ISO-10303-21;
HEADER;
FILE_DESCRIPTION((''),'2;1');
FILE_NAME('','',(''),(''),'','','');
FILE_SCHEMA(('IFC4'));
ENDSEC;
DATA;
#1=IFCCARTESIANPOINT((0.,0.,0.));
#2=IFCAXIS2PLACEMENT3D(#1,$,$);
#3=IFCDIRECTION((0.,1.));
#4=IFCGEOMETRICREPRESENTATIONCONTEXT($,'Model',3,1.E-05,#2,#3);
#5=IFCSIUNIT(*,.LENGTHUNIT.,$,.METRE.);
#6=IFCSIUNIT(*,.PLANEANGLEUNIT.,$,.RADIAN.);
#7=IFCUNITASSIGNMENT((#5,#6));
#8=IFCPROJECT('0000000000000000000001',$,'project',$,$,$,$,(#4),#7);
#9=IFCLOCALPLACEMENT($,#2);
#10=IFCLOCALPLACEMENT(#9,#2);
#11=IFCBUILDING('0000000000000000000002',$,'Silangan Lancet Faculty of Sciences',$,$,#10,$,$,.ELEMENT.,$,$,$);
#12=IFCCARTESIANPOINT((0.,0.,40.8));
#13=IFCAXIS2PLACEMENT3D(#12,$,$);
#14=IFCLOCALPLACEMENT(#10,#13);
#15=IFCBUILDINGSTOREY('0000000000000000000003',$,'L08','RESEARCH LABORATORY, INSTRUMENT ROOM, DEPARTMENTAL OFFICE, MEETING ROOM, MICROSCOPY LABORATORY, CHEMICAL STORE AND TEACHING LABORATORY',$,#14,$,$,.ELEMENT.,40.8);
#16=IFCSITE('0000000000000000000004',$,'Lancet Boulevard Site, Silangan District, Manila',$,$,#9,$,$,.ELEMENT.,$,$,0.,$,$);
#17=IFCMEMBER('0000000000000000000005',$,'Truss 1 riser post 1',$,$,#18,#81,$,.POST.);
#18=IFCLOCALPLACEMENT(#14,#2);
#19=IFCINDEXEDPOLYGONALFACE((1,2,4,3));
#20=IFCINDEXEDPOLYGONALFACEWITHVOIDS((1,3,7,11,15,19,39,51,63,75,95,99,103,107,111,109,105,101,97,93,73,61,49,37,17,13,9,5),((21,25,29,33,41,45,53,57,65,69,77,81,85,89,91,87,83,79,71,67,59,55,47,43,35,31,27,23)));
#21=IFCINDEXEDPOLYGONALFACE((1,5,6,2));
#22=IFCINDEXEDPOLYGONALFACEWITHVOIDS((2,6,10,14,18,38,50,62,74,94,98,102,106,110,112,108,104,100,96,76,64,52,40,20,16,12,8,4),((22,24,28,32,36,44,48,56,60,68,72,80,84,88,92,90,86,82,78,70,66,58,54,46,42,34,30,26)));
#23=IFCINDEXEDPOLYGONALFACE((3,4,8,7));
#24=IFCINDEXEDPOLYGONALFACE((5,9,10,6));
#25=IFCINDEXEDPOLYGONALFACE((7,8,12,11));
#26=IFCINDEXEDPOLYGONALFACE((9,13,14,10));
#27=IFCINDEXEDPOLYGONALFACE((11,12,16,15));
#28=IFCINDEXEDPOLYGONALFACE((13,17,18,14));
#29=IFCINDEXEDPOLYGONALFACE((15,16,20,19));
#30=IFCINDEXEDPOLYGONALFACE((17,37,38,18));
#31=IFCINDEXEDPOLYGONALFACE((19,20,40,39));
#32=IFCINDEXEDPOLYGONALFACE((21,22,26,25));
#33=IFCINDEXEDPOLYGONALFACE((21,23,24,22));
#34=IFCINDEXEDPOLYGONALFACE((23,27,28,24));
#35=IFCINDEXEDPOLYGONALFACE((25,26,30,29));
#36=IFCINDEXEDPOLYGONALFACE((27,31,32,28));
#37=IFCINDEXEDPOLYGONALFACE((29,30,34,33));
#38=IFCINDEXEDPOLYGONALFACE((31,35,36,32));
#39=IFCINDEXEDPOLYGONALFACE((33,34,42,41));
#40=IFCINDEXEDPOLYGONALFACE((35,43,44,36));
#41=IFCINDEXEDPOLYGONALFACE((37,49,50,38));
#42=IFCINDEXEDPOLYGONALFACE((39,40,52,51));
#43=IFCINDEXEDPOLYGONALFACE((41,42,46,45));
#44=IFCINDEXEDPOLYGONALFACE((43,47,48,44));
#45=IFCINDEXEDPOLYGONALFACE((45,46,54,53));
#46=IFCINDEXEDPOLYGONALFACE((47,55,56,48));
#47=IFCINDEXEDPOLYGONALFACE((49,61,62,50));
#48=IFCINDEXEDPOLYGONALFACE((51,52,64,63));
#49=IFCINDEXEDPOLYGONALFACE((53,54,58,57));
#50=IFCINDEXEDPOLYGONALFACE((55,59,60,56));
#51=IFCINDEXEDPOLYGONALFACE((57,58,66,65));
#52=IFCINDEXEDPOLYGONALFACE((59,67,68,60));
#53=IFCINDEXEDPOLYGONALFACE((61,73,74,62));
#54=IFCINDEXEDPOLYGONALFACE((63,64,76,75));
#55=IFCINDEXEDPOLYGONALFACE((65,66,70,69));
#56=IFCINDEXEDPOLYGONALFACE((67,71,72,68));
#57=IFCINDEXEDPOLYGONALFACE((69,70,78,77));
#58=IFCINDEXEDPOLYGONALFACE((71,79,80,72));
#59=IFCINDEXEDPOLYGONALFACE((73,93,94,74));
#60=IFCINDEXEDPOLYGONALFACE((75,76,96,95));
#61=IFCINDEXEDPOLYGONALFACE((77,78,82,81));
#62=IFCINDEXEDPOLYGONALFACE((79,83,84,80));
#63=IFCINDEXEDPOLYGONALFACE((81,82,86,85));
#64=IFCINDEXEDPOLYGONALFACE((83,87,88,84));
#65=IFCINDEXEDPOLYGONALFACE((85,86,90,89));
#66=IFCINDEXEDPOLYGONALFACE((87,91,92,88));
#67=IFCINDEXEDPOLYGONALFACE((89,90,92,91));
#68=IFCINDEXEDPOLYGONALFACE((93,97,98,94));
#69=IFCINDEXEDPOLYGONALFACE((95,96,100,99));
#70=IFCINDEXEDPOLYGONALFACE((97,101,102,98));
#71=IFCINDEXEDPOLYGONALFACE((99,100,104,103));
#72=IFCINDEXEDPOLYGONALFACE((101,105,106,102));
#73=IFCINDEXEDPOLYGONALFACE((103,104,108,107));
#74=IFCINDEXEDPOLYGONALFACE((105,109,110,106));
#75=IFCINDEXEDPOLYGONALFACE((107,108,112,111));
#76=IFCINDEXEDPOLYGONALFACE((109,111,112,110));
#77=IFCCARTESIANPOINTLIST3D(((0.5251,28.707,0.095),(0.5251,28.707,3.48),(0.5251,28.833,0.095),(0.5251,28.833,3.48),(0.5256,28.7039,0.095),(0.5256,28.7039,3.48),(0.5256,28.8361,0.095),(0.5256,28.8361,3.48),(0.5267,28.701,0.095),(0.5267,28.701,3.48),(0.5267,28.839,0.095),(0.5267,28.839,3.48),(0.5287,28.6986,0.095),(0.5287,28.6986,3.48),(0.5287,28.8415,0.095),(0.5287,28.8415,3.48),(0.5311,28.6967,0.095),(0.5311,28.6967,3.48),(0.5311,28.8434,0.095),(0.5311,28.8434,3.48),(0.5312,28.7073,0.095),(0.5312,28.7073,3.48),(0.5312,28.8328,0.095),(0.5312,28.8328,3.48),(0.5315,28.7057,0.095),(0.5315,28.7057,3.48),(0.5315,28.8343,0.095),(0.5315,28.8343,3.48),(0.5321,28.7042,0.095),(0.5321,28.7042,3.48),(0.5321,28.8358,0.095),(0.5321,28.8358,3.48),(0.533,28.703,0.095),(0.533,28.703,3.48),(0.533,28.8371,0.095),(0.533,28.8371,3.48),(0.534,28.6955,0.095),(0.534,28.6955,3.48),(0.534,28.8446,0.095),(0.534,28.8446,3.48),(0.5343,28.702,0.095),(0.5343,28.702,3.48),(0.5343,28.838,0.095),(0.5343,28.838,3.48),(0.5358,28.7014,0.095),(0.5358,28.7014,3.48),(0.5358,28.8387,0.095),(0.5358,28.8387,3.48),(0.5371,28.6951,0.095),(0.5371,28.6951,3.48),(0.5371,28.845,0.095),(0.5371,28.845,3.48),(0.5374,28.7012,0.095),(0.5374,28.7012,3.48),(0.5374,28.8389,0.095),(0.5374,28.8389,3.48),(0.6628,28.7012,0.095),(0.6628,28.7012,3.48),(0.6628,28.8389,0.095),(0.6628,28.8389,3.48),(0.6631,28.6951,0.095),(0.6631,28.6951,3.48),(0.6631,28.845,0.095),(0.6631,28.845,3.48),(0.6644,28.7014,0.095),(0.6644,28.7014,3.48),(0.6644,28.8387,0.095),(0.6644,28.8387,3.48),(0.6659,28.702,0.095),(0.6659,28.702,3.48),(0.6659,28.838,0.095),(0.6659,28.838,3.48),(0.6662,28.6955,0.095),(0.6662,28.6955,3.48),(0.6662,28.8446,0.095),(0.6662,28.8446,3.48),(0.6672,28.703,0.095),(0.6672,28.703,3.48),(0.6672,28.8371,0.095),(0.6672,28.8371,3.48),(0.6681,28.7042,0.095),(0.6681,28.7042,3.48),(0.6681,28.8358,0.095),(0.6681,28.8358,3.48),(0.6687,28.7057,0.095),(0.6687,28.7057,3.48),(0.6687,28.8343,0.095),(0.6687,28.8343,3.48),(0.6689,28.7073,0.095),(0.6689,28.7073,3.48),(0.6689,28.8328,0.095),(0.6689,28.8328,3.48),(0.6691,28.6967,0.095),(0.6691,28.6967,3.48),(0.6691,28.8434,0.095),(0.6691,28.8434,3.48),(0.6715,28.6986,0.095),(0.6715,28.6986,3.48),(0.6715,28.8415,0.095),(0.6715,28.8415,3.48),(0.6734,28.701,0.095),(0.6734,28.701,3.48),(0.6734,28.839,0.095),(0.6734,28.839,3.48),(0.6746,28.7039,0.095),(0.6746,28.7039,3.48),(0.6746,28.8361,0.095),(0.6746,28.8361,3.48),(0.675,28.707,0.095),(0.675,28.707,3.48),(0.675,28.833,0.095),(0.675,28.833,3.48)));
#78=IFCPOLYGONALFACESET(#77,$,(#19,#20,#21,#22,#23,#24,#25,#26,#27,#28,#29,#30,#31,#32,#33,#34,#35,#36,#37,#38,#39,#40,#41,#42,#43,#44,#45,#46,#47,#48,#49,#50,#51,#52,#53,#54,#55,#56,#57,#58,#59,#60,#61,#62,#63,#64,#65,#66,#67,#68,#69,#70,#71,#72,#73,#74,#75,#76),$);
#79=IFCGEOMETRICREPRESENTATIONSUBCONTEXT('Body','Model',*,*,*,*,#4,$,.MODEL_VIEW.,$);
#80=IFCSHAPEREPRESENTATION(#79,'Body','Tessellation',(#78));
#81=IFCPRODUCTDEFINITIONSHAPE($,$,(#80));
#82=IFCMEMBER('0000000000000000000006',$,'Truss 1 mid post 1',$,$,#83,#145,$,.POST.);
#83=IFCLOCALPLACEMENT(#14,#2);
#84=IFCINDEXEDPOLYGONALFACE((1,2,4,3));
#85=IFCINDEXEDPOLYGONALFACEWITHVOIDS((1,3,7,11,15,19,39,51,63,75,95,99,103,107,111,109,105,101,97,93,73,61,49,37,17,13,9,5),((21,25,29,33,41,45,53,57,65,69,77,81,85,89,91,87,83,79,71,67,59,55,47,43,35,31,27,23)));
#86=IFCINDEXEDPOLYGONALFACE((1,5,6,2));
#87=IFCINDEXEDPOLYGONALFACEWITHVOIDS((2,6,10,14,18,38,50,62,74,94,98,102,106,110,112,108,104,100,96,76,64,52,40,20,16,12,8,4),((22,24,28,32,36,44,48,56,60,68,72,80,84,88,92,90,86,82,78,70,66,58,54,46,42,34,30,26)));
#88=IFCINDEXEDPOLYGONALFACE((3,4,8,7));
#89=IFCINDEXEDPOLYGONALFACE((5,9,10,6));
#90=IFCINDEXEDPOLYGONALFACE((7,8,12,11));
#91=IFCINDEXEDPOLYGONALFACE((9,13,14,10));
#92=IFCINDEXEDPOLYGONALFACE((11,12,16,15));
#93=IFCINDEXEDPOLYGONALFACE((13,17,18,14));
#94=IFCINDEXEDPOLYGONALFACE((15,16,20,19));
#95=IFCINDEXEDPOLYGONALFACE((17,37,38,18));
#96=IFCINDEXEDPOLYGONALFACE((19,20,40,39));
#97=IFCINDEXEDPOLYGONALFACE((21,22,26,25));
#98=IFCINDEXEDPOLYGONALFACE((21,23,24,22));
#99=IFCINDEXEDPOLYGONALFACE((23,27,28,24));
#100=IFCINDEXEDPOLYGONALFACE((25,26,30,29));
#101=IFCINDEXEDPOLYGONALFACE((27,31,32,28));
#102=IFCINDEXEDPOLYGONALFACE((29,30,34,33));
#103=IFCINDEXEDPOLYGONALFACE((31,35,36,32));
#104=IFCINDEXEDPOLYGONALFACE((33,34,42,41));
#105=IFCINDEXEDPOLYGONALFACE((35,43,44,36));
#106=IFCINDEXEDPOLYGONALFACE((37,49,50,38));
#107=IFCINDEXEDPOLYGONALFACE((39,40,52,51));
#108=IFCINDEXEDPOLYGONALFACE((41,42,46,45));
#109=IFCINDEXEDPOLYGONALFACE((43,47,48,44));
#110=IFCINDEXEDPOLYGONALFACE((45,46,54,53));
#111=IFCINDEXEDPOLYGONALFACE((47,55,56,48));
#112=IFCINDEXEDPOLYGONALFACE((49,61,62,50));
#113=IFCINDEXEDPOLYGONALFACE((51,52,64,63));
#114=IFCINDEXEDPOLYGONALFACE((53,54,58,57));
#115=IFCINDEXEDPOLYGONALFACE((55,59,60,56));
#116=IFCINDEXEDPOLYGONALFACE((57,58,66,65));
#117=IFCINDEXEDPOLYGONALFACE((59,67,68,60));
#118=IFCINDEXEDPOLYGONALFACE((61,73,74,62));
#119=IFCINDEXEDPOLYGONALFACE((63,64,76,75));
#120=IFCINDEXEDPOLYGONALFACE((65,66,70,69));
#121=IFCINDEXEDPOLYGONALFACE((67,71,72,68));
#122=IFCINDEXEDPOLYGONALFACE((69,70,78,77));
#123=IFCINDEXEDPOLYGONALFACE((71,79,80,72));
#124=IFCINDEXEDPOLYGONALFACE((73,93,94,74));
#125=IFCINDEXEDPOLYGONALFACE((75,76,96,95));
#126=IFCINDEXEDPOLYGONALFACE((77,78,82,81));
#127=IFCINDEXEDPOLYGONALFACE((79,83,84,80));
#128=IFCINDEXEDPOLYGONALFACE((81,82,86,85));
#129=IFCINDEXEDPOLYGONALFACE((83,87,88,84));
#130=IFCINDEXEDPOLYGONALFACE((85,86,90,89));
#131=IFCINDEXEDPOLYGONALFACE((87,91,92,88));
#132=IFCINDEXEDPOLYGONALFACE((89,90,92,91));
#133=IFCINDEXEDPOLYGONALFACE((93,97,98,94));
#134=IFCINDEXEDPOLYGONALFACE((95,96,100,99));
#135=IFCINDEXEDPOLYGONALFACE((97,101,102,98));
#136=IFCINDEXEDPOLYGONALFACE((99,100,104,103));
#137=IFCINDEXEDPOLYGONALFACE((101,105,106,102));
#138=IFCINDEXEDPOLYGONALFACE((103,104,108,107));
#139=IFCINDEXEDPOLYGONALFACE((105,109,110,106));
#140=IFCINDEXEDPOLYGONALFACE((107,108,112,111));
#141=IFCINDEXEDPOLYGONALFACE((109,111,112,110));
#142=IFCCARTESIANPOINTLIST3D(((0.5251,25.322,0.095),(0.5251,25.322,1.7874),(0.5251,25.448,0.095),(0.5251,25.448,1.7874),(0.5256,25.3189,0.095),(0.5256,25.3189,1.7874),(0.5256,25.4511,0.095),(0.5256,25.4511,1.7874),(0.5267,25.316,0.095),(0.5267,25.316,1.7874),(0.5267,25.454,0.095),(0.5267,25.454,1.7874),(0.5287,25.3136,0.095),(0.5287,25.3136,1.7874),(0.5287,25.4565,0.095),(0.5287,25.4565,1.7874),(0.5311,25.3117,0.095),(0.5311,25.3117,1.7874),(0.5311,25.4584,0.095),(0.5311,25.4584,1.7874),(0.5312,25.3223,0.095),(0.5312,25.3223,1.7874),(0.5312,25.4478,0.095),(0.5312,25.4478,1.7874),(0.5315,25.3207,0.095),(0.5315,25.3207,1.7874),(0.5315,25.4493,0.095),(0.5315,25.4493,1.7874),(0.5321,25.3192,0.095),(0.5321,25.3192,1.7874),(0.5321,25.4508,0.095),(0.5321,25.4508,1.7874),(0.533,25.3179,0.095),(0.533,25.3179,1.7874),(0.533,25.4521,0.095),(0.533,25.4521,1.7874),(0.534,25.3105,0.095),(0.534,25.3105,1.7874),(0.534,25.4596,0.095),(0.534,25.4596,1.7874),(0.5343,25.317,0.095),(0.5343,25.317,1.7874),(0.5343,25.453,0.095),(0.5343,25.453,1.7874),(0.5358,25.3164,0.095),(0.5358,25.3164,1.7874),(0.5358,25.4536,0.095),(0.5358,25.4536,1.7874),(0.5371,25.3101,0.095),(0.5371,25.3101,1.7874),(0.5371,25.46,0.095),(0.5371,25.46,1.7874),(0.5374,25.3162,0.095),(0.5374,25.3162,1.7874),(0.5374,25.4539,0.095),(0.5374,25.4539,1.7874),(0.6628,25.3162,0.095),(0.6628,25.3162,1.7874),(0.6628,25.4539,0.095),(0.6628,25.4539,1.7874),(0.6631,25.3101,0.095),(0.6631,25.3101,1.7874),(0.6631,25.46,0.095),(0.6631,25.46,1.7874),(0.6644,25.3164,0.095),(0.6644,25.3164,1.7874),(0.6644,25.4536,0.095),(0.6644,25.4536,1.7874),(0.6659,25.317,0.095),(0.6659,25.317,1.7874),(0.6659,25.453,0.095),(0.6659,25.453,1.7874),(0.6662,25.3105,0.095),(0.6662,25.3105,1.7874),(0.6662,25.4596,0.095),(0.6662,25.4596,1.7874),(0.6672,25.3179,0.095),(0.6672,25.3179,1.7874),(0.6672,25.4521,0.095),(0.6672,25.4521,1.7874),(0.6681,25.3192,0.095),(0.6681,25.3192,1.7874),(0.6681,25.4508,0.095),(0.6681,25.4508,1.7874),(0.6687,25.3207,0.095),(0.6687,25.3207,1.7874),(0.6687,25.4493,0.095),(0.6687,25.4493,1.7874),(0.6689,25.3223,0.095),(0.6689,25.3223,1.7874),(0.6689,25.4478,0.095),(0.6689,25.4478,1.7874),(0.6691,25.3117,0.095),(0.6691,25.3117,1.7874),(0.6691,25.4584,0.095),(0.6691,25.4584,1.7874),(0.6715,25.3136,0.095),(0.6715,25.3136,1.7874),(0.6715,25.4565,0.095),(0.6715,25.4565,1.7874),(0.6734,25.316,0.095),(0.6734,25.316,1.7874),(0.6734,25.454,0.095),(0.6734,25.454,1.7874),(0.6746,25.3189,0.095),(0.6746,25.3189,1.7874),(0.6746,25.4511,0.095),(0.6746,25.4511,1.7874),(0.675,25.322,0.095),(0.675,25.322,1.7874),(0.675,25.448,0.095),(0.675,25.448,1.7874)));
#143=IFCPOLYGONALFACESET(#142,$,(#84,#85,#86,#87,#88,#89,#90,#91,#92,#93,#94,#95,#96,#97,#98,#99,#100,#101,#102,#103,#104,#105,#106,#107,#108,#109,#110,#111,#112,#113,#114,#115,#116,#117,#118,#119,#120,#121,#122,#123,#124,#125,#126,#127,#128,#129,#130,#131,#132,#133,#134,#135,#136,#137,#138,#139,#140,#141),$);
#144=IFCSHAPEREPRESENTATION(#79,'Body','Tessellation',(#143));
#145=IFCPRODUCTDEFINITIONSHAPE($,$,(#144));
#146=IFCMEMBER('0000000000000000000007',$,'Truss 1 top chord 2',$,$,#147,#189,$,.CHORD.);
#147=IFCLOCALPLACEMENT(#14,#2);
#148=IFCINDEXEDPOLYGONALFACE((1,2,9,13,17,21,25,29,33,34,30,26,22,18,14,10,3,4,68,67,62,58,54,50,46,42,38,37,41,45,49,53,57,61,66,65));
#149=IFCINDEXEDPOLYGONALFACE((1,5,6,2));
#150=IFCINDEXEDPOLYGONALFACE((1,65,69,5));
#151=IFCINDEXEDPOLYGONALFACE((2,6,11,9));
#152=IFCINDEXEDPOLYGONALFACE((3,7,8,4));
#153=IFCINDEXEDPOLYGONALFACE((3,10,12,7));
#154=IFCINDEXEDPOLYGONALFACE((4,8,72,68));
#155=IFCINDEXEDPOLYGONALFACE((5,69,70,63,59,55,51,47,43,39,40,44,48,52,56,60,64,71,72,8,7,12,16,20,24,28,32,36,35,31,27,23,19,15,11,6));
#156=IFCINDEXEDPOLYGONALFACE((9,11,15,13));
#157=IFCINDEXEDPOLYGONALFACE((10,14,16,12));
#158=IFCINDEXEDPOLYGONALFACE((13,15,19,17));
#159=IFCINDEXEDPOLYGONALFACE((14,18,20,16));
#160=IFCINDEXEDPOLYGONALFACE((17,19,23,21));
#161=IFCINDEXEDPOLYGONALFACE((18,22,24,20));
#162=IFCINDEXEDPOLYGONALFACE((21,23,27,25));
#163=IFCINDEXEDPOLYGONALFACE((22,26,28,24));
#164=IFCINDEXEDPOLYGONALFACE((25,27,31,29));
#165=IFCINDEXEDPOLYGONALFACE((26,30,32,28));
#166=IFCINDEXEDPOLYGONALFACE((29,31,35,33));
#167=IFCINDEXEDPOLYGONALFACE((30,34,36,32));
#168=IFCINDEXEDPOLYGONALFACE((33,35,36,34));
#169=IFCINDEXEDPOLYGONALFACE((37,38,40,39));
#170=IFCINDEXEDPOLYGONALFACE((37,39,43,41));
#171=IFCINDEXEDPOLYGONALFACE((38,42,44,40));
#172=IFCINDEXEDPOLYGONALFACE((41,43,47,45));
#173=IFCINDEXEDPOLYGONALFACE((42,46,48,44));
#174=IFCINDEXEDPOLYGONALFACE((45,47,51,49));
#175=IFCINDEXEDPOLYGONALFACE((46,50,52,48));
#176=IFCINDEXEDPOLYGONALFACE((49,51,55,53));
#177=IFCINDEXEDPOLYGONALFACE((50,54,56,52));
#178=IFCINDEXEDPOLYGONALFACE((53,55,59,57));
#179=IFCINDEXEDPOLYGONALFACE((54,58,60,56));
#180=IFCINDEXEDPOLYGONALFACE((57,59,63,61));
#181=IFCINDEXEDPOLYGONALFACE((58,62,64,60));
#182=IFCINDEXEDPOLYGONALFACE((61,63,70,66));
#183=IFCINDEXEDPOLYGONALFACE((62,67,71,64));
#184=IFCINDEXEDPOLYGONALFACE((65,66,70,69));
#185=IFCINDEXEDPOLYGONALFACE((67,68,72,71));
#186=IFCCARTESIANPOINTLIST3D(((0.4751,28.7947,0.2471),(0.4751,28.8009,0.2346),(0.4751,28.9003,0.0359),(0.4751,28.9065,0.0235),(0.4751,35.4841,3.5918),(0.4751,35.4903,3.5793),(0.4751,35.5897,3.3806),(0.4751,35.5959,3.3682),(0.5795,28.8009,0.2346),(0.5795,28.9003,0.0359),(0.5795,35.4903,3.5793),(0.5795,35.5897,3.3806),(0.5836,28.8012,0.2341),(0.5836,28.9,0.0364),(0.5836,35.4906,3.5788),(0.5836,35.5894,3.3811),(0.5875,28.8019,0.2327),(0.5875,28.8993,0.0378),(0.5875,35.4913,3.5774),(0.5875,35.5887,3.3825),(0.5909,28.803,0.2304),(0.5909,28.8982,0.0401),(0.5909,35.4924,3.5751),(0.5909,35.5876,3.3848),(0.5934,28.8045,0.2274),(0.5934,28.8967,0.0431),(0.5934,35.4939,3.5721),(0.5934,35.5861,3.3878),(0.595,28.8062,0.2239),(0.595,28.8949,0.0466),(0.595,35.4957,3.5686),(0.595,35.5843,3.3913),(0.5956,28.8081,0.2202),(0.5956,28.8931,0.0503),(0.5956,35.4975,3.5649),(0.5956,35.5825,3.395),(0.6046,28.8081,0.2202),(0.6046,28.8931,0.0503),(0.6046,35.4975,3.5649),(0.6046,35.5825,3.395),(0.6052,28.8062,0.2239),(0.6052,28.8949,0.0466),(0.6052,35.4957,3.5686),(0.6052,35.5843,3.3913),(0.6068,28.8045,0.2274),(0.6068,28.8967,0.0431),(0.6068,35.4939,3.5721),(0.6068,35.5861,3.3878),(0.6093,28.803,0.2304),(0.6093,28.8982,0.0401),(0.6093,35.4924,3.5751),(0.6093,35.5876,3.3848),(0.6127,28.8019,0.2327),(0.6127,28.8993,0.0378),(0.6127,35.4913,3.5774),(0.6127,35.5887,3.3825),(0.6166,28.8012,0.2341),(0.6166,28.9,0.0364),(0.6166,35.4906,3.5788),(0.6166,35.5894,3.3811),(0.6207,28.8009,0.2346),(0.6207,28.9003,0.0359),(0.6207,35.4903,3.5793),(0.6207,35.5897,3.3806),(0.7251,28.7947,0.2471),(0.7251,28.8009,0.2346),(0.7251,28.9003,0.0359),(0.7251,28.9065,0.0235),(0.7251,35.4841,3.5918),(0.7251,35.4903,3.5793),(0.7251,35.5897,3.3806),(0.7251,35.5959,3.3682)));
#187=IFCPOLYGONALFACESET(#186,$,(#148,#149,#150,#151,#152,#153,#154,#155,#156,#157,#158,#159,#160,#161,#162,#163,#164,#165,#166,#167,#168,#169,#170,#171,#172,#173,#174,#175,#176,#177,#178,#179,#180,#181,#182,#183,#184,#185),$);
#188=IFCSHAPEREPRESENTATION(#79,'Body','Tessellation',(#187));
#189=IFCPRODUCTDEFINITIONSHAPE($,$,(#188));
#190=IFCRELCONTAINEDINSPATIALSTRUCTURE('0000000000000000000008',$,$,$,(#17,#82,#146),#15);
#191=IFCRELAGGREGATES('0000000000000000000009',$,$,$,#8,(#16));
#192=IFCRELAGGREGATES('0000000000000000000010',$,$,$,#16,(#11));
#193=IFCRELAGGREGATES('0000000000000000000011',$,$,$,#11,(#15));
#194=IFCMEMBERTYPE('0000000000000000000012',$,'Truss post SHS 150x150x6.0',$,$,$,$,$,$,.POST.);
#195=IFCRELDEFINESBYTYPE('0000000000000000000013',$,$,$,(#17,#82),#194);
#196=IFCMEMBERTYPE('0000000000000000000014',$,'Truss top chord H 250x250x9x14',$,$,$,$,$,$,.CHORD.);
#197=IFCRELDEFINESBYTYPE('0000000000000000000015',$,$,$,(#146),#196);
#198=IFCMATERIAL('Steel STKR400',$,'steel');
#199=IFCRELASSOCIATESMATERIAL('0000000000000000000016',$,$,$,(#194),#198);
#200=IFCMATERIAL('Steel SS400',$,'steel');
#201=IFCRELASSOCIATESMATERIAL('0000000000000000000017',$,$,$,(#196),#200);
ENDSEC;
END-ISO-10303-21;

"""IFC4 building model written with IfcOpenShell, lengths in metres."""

from ifc_helpers import new_model, si_unit, direction, frame, origin, origin_2d, place, context, subcontext, project, spatial, hollow_rectangle, i_section, extrude, material, material_profile, profile_set, type_object, element, save


model = new_model("IFC4")

# Units and contexts
model_context = context("Model", 3, precision=1e-05, world=origin(), true_north=direction((0.0, 1.0)))
body_context = subcontext(model_context, "Body", "Model", "MODEL_VIEW")
ifc_project = project(units=[si_unit("LENGTHUNIT", "METRE"), si_unit("PLANEANGLEUNIT", "RADIAN")], contexts=[model_context])

# Site, building, storey
site_placement = place(None, origin())
site = spatial("IfcSite", under=ifc_project, at=site_placement, Name="Lancet Boulevard Site, Silangan District, Manila", CompositionType="ELEMENT", RefElevation=0.0)
building_placement = place(site_placement, origin())
building = spatial("IfcBuilding", under=site, at=building_placement, Name="Silangan Lancet Faculty of Sciences", CompositionType="ELEMENT")
storey_placement = place(building_placement, frame((0.0, 0.0, 40.8)))
storey = spatial("IfcBuildingStorey", under=building, at=storey_placement, Name="L08", Description="RESEARCH LABORATORY, INSTRUMENT ROOM, DEPARTMENTAL OFFICE, MEETING ROOM, MICROSCOPY LABORATORY, CHEMICAL STORE AND TEACHING LABORATORY", CompositionType="ELEMENT", Elevation=40.8)

# Members
ifc_material_1 = material(Name="Steel STKR400", Category="steel")
ifc_material_profile_1 = material_profile(ifc_material_1, hollow_rectangle(XDim=0.1499, YDim=0.1499, WallThickness=0.0061, InnerFilletRadius=0.0061, OuterFilletRadius=0.012, at=origin_2d()), Name="SHS 150x150x6.0")
ifc_profile_set_1 = profile_set([ifc_material_profile_1], Name="Steel STKR400")
member_type_1 = type_object("IfcMemberType", Name="Truss post SHS 150x150x6.0", PredefinedType="POST", material=ifc_profile_set_1)
member_1_placement = place(storey_placement, frame((0.6001, 28.77, 0.095), z_axis=(0.0, 0.0, 1.0), x_axis=(1.0, 0.0, 0.0)))
element("IfcMember", 1, at=member_1_placement, inside=storey, type_object=member_type_1, Name="Truss 1 riser post 1", PredefinedType="POST", context=body_context, shape_type="SweptSolid", body=[
    extrude(hollow_rectangle(XDim=0.1499, YDim=0.1499, WallThickness=0.0061, InnerFilletRadius=0.0061, OuterFilletRadius=0.012, at=origin_2d()), origin(), (0.0, 0.0, 1.0), 3.385),
])
member_2_placement = place(storey_placement, frame((0.6001, 25.385, 0.095), z_axis=(0.0, 0.0, 1.0), x_axis=(1.0, 0.0, 0.0)))
element("IfcMember", 2, at=member_2_placement, inside=storey, type_object=member_type_1, Name="Truss 1 mid post 1", PredefinedType="POST", context=body_context, shape_type="SweptSolid", body=[
    extrude(hollow_rectangle(XDim=0.1499, YDim=0.1499, WallThickness=0.0061, InnerFilletRadius=0.0061, OuterFilletRadius=0.012, at=origin_2d()), origin(), (0.0, 0.0, 1.0), 1.6924),
])
ifc_material_2 = material(Name="Steel SS400", Category="steel")
ifc_material_profile_2 = material_profile(ifc_material_2, i_section(OverallWidth=0.25, OverallDepth=0.25, WebThickness=0.009, FlangeThickness=0.0139, FilletRadius=0.0161, at=origin_2d()), Name="H 250x250x9x14")
ifc_profile_set_2 = profile_set([ifc_material_profile_2], Name="Steel SS400")
member_type_2 = type_object("IfcMemberType", Name="Truss top chord H 250x250x9x14", PredefinedType="CHORD", material=ifc_profile_set_2)
member_3_placement = place(storey_placement, frame((0.6001, 28.8506, 0.1353), z_axis=(0.0, 0.894427, 0.447214), x_axis=(-1.0, 0.0, 0.0)))
element("IfcMember", 3, at=member_3_placement, inside=storey, type_object=member_type_2, Name="Truss 1 top chord 2", PredefinedType="CHORD", context=body_context, shape_type="SweptSolid", body=[
    extrude(i_section(OverallWidth=0.25, OverallDepth=0.25, WebThickness=0.009, FlangeThickness=0.0139, FilletRadius=0.0161, at=origin_2d()), origin(), (0.0, 0.0, 1.0), 7.479),
])

save(model, "model.ifc")
